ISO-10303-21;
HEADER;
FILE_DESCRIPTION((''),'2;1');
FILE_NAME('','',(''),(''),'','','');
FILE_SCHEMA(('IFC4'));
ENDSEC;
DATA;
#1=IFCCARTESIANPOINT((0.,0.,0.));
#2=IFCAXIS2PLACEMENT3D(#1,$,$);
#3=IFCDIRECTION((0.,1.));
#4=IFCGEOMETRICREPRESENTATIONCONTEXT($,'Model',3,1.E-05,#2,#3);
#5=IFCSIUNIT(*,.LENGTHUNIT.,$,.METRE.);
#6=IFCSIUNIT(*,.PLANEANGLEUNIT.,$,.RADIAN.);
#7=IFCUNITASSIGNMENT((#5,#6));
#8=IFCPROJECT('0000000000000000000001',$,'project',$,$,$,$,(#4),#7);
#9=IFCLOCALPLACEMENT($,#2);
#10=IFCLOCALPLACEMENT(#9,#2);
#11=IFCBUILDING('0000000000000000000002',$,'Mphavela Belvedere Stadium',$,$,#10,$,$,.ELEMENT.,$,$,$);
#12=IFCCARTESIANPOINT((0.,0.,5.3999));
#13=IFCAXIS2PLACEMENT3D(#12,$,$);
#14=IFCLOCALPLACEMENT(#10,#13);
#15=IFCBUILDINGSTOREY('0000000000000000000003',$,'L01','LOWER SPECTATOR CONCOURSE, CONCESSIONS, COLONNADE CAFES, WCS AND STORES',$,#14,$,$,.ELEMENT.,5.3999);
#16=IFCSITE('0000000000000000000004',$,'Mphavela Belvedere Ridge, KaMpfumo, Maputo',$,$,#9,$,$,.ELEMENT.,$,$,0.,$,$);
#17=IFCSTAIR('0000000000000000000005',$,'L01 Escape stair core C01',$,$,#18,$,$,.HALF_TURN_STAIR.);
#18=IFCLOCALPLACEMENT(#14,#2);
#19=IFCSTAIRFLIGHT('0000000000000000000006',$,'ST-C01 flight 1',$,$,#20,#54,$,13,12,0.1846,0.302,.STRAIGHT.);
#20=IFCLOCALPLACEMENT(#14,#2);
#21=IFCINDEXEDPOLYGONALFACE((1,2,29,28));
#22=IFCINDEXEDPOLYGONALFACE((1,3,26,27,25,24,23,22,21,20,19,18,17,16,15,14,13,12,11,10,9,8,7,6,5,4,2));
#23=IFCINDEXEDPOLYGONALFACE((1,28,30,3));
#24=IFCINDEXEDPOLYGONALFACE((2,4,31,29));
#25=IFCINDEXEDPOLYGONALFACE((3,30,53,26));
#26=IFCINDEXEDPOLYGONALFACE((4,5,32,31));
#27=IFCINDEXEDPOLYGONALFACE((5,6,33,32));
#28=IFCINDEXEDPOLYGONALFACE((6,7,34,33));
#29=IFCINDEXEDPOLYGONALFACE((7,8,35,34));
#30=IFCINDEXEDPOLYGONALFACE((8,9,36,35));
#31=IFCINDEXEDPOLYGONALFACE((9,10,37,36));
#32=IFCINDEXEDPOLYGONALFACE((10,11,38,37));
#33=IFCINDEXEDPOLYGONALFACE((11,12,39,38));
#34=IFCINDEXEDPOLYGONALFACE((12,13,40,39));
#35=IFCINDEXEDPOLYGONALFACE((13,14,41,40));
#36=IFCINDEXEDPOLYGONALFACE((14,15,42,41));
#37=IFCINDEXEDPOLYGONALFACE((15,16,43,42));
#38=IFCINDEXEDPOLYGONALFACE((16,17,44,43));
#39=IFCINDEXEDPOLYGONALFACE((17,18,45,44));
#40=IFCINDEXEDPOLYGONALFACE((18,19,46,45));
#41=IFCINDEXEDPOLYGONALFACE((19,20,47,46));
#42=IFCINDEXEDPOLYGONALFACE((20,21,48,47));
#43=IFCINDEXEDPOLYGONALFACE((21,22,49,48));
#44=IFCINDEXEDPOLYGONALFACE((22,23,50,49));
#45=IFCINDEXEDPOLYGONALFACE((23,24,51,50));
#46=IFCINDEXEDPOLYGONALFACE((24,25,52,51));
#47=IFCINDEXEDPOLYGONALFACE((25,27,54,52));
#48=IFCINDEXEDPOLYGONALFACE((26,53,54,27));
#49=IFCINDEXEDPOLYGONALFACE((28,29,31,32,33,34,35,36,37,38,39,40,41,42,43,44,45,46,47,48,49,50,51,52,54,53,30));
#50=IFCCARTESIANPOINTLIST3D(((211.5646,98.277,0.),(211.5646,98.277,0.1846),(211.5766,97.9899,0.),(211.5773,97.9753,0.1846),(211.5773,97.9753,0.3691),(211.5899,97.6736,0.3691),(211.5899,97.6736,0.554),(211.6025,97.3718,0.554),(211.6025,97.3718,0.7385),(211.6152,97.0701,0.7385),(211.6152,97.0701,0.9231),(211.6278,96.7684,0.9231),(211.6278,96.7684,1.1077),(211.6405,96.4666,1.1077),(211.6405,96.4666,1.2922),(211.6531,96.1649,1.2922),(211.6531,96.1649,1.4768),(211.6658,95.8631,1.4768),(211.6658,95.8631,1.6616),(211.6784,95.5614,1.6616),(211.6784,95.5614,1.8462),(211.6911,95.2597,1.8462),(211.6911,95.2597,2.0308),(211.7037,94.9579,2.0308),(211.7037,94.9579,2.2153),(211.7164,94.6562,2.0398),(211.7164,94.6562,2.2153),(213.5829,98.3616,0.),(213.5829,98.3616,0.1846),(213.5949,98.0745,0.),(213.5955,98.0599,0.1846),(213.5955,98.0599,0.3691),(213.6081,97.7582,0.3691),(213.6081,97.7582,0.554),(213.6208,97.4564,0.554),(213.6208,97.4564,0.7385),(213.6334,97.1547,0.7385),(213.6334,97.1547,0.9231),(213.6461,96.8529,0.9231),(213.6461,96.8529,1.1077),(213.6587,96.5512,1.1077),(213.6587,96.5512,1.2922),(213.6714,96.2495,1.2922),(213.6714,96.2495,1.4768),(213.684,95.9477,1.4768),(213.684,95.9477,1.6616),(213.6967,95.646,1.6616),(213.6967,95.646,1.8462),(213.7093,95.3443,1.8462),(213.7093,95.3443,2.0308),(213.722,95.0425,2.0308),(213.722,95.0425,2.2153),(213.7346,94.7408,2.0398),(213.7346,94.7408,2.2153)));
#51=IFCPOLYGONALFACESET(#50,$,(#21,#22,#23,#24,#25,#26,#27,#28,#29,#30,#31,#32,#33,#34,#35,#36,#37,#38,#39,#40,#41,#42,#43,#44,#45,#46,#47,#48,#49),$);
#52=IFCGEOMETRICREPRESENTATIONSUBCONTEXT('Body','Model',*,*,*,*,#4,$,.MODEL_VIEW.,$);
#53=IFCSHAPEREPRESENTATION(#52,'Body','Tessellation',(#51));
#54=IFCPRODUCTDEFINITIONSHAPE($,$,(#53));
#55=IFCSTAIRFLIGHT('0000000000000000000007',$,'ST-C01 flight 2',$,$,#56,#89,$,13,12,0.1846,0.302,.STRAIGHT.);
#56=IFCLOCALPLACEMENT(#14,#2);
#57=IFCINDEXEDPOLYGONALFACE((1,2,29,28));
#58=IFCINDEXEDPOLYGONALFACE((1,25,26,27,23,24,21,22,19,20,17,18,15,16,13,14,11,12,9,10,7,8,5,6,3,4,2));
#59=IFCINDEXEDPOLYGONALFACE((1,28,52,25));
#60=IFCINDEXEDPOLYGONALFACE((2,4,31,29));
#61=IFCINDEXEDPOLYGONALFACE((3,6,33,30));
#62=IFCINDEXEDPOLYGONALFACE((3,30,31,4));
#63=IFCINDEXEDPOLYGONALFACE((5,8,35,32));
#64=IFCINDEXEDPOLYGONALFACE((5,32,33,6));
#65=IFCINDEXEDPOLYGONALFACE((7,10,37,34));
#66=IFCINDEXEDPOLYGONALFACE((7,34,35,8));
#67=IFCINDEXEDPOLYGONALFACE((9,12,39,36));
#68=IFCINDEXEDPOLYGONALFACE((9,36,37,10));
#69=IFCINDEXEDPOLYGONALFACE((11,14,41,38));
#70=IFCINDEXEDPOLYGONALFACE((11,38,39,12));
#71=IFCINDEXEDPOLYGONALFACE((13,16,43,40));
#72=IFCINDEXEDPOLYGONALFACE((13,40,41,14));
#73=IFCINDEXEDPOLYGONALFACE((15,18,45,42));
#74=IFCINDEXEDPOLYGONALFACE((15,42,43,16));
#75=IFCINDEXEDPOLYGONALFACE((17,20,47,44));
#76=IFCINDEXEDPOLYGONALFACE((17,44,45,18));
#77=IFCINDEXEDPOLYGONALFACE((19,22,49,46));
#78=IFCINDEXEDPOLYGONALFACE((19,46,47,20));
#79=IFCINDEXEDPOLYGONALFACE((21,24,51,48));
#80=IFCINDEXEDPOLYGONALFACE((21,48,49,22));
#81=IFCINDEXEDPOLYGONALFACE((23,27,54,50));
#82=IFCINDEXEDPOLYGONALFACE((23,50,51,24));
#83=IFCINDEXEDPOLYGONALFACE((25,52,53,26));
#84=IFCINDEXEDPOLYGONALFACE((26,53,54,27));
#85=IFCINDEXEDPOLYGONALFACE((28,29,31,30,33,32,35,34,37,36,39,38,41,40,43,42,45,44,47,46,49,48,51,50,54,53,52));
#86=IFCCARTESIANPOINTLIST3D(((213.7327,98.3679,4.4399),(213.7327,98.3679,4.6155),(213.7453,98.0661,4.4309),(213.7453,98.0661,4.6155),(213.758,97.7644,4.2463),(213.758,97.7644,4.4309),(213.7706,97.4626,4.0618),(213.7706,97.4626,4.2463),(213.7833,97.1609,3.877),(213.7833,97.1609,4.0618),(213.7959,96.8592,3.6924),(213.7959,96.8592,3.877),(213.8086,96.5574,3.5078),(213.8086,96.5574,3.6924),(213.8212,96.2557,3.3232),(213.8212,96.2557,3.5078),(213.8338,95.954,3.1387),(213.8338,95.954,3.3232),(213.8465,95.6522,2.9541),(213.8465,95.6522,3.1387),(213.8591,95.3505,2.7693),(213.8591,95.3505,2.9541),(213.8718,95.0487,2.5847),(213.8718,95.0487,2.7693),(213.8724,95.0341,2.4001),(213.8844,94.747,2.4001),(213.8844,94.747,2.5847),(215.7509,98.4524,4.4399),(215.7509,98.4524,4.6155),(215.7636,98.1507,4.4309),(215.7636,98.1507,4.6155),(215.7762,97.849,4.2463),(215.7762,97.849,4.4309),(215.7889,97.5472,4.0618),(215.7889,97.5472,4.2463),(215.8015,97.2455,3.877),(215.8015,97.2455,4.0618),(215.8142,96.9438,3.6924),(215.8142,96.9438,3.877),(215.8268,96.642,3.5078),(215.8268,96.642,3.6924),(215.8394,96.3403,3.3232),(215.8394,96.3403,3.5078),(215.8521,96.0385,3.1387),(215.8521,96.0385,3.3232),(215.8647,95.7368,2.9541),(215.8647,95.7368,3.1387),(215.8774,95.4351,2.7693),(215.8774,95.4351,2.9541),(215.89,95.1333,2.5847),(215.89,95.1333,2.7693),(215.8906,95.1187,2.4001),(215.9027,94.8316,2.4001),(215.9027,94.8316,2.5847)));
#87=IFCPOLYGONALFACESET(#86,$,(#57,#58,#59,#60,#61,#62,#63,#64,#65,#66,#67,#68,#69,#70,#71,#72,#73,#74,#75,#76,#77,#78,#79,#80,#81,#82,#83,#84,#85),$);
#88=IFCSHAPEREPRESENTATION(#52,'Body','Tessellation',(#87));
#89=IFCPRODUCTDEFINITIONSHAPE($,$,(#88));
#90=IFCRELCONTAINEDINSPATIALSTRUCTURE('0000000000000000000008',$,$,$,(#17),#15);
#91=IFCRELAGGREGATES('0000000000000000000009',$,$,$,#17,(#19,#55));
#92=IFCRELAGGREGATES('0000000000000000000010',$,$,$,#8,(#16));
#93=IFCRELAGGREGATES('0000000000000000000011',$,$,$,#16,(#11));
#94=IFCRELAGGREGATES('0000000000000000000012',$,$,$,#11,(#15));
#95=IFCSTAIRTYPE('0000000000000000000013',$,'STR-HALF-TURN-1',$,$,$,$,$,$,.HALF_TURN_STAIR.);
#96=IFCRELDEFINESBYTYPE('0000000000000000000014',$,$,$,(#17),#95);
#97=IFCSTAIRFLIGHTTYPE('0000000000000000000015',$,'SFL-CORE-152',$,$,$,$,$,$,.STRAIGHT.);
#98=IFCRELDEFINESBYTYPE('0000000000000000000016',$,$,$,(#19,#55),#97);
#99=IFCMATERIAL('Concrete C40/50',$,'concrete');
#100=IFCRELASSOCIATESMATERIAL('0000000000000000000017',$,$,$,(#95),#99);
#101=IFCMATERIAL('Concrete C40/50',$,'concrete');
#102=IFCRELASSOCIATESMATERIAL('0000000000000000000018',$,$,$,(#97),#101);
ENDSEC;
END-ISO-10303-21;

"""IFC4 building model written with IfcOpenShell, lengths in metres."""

from ifc_helpers import new_model, si_unit, direction, frame, origin, place, context, subcontext, project, spatial, polyline, outline, extrude, material, type_object, element, aggregate, save


model = new_model("IFC4")

# Units and contexts
model_context = context("Model", 3, precision=1e-05, world=origin(), true_north=direction((0.0, 1.0)))
body_context = subcontext(model_context, "Body", "Model", "MODEL_VIEW")
ifc_project = project(units=[si_unit("LENGTHUNIT", "METRE"), si_unit("PLANEANGLEUNIT", "RADIAN")], contexts=[model_context])

# Site, building, storey
site_placement = place(None, origin())
site = spatial("IfcSite", under=ifc_project, at=site_placement, Name="Mphavela Belvedere Ridge, KaMpfumo, Maputo", CompositionType="ELEMENT", RefElevation=0.0)
building_placement = place(site_placement, origin())
building = spatial("IfcBuilding", under=site, at=building_placement, Name="Mphavela Belvedere Stadium", CompositionType="ELEMENT")
storey_placement = place(building_placement, frame((0.0, 0.0, 5.3999)))
storey = spatial("IfcBuildingStorey", under=building, at=storey_placement, Name="L01", Description="LOWER SPECTATOR CONCOURSE, CONCESSIONS, COLONNADE CAFES, WCS AND STORES", CompositionType="ELEMENT", Elevation=5.3999)

# Stair, stair flights
ifc_material_1 = material(Name="Concrete C40/50", Category="concrete")
stair_type = type_object("IfcStairType", Name="STR-HALF-TURN-1", PredefinedType="HALF_TURN_STAIR", material=ifc_material_1)
stair_placement = place(storey_placement, origin())
stair = element("IfcStair", 1, at=stair_placement, inside=storey, type_object=stair_type, Name="L01 Escape stair core C01", PredefinedType="HALF_TURN_STAIR")
ifc_material_2 = material(Name="Concrete C40/50", Category="concrete")
stair_flight_type = type_object("IfcStairFlightType", Name="SFL-CORE-152", PredefinedType="STRAIGHT", material=ifc_material_2)
stair_flight_1_placement = place(storey_placement, frame((212.5737, 98.3193, 0.0), z_axis=(0.0, 0.0, 1.0), x_axis=(0.041876, -0.999123, 0.0)))
stair_flight_1 = element("IfcStairFlight", 2, at=stair_flight_1_placement, type_object=stair_flight_type, Name="ST-C01 flight 1", NumberOfRisers=13, NumberOfTreads=12, PredefinedType="STRAIGHT", RiserHeight=0.1846, TreadLength=0.302, context=body_context, shape_type="SweptSolid", body=[
    extrude(outline(polyline([(0.0, 0.0), (0.0, 0.1846), (0.302, 0.1846), (0.302, 0.3691), (0.604, 0.3691), (0.604, 0.554), (0.906, 0.554), (0.906, 0.7385), (1.208, 0.7385), (1.208, 0.9231), (1.51, 0.9231), (1.51, 1.1077), (1.812, 1.1077), (1.812, 1.2922), (2.114, 1.2922), (2.114, 1.4768), (2.416, 1.4768), (2.416, 1.6616), (2.718, 1.6616), (2.718, 1.8462), (3.02, 1.8462), (3.02, 2.0308), (3.322, 2.0308), (3.322, 2.2153), (3.624, 2.2153), (3.624, 2.3999), (3.624, 2.0398), (0.2874, 0.0), (0.0, 0.0)])), frame((0.0, 1.01, 0.0), z_axis=(0.0, -1.0, 0.0), x_axis=(1.0, 0.0, 0.0)), (0.0, 0.0, 1.0), 2.02),
])
stair_flight_2_placement = place(storey_placement, frame((214.8936, 94.7893, 2.4001), z_axis=(0.0, 0.0, 1.0), x_axis=(-0.041876, 0.999123, 0.0)))
stair_flight_2 = element("IfcStairFlight", 3, at=stair_flight_2_placement, type_object=stair_flight_type, Name="ST-C01 flight 2", NumberOfRisers=13, NumberOfTreads=12, PredefinedType="STRAIGHT", RiserHeight=0.1846, TreadLength=0.302, context=body_context, shape_type="SweptSolid", body=[
    extrude(outline(polyline([(0.0, 0.0), (0.0, 0.1846), (0.302, 0.1846), (0.302, 0.3691), (0.604, 0.3691), (0.604, 0.554), (0.906, 0.554), (0.906, 0.7385), (1.208, 0.7385), (1.208, 0.9231), (1.51, 0.9231), (1.51, 1.1077), (1.812, 1.1077), (1.812, 1.2922), (2.114, 1.2922), (2.114, 1.4768), (2.416, 1.4768), (2.416, 1.6616), (2.718, 1.6616), (2.718, 1.8462), (3.02, 1.8462), (3.02, 2.0308), (3.322, 2.0308), (3.322, 2.2153), (3.624, 2.2153), (3.624, 2.3999), (3.624, 2.0398), (0.2874, 0.0), (0.0, 0.0)])), frame((0.0, 1.01, 0.0), z_axis=(0.0, -1.0, 0.0), x_axis=(1.0, 0.0, 0.0)), (0.0, 0.0, 1.0), 2.02),
])
aggregate(stair, [stair_flight_1, stair_flight_2])

save(model, "model.ifc")
